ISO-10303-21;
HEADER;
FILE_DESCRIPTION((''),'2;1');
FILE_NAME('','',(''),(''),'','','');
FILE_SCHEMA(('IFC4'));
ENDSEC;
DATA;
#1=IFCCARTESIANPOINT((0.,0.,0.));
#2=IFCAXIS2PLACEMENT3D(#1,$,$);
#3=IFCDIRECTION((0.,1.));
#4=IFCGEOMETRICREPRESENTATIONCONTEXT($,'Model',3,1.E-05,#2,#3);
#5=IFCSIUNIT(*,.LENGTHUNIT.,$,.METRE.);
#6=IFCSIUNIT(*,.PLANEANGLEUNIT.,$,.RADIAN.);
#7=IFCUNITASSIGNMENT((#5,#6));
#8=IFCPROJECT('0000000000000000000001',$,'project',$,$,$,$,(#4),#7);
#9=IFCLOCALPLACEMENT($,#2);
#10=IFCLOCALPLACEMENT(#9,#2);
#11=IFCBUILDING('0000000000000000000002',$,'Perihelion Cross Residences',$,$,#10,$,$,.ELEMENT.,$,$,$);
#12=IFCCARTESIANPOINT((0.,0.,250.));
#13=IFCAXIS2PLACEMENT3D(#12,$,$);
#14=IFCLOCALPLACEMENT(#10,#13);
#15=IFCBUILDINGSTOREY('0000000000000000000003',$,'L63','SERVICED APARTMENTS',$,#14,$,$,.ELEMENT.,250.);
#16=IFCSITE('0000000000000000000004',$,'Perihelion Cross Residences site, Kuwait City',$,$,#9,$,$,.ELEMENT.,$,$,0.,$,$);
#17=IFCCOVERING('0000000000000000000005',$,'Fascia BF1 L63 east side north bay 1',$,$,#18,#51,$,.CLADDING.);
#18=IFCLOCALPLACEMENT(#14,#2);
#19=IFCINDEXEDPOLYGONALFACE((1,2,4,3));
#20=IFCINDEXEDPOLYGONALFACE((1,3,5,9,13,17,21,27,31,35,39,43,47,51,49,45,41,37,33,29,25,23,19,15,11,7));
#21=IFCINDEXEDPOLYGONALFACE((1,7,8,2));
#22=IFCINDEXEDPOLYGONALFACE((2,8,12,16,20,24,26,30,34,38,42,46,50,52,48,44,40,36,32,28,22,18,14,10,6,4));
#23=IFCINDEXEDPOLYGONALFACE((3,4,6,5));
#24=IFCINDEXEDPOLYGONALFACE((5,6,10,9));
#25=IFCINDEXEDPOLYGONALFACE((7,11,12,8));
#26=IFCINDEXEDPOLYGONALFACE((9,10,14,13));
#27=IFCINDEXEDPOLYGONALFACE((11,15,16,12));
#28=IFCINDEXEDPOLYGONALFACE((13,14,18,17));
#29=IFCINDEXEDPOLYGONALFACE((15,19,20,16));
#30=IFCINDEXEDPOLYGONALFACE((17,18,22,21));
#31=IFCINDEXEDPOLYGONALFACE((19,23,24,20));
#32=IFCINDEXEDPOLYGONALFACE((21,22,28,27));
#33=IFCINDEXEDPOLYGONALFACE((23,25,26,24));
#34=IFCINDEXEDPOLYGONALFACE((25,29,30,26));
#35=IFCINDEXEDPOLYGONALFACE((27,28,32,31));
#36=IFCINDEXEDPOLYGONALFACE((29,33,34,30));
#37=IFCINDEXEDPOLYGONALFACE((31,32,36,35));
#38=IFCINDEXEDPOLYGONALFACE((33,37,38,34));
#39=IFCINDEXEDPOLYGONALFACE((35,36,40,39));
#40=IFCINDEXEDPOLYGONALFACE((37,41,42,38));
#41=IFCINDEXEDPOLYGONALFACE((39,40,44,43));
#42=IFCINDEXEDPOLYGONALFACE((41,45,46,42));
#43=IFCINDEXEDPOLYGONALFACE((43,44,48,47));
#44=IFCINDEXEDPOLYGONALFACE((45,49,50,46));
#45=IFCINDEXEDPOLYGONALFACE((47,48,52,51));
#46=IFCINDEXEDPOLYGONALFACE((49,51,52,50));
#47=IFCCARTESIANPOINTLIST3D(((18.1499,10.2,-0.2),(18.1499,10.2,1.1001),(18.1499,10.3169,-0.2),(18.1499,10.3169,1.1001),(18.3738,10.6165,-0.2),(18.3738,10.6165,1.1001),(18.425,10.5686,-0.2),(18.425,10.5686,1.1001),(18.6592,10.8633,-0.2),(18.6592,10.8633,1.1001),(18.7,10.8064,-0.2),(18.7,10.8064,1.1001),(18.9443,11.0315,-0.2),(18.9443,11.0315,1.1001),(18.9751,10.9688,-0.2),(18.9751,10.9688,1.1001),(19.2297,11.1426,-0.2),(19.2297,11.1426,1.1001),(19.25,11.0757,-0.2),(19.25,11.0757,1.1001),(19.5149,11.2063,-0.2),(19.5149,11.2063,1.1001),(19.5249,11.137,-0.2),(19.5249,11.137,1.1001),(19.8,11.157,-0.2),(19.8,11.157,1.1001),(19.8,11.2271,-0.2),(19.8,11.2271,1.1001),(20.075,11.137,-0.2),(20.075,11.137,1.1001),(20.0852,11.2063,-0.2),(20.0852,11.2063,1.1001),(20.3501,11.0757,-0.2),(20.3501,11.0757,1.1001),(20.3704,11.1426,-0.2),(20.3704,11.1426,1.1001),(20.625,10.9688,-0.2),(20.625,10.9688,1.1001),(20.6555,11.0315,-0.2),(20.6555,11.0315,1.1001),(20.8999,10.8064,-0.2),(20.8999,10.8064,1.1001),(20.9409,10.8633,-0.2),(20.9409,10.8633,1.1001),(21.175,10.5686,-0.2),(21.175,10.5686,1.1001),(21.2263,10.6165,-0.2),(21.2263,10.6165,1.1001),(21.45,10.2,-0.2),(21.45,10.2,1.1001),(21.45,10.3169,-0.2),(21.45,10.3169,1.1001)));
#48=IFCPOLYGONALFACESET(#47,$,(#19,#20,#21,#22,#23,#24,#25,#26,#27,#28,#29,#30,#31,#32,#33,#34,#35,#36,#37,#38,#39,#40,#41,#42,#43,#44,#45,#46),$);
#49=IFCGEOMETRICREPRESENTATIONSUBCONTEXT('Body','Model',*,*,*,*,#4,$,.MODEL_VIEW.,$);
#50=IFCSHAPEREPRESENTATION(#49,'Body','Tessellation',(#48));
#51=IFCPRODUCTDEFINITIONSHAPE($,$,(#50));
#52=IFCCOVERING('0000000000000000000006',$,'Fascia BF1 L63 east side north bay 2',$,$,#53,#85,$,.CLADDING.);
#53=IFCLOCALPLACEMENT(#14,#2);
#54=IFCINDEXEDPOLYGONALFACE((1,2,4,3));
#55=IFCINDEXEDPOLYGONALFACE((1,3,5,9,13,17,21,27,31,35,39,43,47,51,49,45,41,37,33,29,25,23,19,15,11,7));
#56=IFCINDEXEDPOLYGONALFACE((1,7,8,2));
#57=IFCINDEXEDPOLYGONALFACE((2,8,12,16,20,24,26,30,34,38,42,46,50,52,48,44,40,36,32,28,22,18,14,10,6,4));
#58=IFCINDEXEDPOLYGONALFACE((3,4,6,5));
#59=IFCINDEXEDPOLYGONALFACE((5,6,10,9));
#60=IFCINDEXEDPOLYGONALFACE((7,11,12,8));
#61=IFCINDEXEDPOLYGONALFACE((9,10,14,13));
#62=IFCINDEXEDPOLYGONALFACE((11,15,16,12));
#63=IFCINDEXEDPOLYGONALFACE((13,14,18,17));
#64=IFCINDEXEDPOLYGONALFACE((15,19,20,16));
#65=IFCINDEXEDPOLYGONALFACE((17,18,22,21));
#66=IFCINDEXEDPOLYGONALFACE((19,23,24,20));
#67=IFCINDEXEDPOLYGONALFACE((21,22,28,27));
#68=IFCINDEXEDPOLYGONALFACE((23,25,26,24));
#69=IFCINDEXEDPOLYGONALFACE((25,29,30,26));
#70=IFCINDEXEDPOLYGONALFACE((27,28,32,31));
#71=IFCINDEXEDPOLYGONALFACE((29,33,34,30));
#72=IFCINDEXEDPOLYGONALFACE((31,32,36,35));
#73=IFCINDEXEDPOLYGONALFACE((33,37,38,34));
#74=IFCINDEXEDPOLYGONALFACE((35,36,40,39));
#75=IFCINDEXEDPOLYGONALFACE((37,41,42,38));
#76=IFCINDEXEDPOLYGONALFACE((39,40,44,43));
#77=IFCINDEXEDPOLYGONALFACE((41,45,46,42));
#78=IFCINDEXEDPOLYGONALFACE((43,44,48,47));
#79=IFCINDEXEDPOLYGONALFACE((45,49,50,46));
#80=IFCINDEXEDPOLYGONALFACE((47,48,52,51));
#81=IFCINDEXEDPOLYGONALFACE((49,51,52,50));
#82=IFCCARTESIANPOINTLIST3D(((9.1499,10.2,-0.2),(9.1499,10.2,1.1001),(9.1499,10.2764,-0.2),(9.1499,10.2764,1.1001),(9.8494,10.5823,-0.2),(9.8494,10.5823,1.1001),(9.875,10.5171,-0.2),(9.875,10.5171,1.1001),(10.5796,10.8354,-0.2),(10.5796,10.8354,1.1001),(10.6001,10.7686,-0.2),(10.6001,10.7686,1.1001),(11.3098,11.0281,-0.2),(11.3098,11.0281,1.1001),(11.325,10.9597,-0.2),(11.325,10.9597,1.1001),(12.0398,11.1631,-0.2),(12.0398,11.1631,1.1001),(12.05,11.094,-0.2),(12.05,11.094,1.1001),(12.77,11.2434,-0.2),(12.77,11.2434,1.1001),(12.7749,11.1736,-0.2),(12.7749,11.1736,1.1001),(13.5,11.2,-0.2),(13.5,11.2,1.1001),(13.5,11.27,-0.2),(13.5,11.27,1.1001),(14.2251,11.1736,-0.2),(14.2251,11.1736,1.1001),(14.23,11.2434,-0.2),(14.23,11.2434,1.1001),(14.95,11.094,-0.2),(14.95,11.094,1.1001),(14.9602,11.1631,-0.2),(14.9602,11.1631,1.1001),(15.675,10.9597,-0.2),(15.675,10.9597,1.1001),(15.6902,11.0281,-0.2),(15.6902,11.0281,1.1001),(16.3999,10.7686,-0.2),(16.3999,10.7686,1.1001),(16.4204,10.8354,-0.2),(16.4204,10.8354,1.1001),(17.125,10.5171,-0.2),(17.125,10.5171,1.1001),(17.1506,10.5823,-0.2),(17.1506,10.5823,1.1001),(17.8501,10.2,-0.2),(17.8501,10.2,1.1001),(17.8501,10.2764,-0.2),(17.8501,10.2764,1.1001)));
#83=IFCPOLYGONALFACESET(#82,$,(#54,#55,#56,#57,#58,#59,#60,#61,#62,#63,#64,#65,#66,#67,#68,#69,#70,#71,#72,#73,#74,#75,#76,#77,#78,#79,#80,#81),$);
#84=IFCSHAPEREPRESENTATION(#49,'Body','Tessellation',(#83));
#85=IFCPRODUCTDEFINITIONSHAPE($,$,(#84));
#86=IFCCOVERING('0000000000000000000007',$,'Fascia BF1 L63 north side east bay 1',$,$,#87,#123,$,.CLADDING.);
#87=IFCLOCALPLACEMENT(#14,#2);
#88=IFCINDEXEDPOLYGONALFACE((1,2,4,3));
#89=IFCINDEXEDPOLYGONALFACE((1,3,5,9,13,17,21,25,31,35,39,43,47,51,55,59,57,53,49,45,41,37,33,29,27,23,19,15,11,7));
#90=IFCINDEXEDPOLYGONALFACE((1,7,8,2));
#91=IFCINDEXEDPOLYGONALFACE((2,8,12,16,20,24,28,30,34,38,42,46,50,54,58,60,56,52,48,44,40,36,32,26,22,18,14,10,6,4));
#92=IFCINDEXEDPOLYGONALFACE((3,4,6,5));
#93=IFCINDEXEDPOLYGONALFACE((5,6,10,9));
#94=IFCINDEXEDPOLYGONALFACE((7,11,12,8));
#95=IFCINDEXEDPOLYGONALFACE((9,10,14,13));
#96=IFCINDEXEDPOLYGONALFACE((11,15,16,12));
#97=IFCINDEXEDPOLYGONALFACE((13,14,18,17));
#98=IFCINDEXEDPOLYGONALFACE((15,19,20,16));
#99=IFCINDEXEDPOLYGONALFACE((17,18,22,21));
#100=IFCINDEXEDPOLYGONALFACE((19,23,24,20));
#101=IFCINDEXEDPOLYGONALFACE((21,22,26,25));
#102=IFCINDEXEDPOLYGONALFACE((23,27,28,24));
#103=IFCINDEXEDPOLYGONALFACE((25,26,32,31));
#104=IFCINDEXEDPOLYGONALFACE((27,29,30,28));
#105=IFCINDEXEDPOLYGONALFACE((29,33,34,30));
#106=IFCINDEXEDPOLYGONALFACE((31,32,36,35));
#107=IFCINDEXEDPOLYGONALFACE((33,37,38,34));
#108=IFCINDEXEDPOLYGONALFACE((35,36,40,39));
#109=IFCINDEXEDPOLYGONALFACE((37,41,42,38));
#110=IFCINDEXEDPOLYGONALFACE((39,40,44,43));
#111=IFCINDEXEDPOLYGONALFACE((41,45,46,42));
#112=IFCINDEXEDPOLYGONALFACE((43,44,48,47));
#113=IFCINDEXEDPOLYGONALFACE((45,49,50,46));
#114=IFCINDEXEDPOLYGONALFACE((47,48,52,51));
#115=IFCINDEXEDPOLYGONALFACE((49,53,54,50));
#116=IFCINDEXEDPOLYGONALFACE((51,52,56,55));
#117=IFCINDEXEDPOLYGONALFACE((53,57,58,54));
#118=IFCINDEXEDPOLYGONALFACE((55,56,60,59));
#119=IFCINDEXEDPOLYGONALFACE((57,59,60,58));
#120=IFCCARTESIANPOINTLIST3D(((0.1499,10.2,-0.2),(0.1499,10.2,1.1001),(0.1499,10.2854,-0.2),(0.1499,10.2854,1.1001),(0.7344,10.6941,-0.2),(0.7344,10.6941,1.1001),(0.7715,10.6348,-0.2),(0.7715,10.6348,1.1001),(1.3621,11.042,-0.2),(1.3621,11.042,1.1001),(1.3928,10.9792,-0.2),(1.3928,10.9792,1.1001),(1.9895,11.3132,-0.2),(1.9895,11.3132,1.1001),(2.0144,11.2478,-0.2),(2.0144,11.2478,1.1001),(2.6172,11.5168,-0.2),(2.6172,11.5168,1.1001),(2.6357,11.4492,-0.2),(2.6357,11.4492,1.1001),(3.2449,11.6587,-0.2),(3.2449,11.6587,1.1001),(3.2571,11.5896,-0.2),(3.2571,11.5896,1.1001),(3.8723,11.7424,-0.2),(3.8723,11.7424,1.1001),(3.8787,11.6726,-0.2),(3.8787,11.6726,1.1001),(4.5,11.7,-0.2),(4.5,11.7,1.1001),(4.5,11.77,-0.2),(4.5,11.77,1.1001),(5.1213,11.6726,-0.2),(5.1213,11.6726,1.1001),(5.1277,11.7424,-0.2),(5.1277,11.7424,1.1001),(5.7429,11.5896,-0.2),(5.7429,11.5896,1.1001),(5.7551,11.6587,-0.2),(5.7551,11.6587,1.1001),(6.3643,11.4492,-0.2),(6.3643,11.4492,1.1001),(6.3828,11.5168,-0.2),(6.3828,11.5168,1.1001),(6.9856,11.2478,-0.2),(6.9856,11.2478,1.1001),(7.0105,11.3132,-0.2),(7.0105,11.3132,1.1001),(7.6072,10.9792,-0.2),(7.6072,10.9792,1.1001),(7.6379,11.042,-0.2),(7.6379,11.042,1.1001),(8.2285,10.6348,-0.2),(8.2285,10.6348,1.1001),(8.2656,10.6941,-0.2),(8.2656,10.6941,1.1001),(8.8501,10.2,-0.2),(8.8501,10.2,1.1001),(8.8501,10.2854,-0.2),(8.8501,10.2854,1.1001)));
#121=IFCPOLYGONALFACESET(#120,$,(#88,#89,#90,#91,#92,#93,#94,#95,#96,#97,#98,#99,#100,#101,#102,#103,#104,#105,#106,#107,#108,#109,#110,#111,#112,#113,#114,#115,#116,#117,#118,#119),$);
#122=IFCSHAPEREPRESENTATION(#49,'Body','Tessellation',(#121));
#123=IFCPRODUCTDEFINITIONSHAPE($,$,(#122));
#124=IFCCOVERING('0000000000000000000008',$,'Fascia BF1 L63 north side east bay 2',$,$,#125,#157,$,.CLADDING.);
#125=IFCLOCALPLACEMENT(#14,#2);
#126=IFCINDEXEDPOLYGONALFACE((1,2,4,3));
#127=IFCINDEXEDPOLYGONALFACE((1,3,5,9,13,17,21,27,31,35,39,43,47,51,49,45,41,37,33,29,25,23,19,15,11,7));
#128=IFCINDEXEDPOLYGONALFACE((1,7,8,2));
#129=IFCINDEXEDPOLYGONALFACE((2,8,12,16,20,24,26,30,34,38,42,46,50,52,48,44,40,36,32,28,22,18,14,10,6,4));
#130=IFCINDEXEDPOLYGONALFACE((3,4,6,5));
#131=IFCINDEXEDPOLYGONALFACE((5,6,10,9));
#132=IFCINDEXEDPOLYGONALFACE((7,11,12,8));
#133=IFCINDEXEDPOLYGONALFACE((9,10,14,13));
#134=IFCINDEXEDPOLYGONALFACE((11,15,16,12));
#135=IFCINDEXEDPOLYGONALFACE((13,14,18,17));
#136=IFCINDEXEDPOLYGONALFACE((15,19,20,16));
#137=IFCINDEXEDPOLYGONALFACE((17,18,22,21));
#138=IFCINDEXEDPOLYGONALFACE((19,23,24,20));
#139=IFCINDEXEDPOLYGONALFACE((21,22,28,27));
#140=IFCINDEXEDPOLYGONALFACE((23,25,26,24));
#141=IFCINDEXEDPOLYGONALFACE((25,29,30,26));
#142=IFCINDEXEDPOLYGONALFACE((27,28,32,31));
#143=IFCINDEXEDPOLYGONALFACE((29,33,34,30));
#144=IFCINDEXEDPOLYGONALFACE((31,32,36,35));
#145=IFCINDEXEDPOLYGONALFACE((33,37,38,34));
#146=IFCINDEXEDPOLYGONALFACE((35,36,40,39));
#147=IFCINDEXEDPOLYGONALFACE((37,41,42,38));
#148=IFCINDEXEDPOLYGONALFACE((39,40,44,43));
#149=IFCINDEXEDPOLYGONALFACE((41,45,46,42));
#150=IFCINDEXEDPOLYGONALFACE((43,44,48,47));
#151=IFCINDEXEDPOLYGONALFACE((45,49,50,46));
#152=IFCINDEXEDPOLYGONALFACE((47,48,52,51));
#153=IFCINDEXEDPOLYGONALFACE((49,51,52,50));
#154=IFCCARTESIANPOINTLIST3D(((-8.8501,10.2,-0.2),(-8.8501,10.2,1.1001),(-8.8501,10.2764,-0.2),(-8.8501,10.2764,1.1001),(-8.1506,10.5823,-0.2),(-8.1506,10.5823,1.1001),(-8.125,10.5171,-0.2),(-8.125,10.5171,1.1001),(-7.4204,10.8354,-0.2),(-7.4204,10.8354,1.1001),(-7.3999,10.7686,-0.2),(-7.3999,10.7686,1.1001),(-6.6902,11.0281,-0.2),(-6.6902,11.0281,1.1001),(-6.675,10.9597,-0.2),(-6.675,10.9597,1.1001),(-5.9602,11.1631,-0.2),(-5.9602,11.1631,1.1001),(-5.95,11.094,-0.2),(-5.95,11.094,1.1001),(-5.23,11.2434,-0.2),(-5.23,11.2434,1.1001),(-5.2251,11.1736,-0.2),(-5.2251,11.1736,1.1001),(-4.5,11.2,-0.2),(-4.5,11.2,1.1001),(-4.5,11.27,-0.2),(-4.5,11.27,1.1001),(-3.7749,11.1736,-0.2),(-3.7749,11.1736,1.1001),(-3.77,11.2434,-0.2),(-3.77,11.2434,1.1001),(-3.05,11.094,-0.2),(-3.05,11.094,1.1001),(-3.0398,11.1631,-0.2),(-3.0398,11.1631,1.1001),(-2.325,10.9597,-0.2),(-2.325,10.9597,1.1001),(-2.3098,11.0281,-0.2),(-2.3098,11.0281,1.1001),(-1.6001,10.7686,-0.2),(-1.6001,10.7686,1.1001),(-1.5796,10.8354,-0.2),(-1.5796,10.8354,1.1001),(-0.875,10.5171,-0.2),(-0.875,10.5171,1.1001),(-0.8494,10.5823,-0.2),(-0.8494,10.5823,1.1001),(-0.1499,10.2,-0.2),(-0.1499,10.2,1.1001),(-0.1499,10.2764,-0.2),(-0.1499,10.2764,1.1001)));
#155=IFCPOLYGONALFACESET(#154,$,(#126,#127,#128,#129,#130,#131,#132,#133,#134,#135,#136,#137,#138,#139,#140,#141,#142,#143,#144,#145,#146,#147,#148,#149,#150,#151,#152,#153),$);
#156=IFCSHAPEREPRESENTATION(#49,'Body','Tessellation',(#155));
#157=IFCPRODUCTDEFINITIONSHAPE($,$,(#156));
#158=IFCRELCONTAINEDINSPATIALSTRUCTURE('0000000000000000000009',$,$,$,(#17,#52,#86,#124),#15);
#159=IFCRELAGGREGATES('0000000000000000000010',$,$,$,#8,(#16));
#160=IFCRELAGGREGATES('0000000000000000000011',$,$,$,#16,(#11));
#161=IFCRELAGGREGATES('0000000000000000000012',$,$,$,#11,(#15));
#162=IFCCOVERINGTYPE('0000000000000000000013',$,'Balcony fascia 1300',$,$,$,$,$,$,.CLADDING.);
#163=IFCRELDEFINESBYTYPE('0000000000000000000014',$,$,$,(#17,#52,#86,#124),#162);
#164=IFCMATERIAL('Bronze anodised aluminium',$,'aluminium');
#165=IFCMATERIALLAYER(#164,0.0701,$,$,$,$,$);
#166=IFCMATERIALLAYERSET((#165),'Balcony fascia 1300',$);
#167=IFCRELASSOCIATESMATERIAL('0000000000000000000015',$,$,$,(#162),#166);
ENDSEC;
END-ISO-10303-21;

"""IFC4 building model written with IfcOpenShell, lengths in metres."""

from ifc_helpers import new_model, si_unit, direction, frame, origin, place, context, subcontext, project, spatial, polyline, outline, extrude, material, layer, layer_set, type_object, element, save


model = new_model("IFC4")

# Units and contexts
model_context = context("Model", 3, precision=1e-05, world=origin(), true_north=direction((0.0, 1.0)))
body_context = subcontext(model_context, "Body", "Model", "MODEL_VIEW")
ifc_project = project(units=[si_unit("LENGTHUNIT", "METRE"), si_unit("PLANEANGLEUNIT", "RADIAN")], contexts=[model_context])

# Site, building, storey
site_placement = place(None, origin())
site = spatial("IfcSite", under=ifc_project, at=site_placement, Name="Perihelion Cross Residences site, Kuwait City", CompositionType="ELEMENT", RefElevation=0.0)
building_placement = place(site_placement, origin())
building = spatial("IfcBuilding", under=site, at=building_placement, Name="Perihelion Cross Residences", CompositionType="ELEMENT")
storey_placement = place(building_placement, frame((0.0, 0.0, 250.0)))
storey = spatial("IfcBuildingStorey", under=building, at=storey_placement, Name="L63", Description="SERVICED APARTMENTS", CompositionType="ELEMENT", Elevation=250.0)

# Coverings
ifc_material_1 = material(Name="Bronze anodised aluminium", Category="aluminium")
ifc_layer_1 = layer(ifc_material_1, 0.0701)
ifc_layer_set_1 = layer_set([ifc_layer_1], Name="Balcony fascia 1300")
covering_type = type_object("IfcCoveringType", Name="Balcony fascia 1300", PredefinedType="CLADDING", material=ifc_layer_set_1)
covering_1_placement = place(storey_placement, frame((0.0, 0.0, -0.2)))
element("IfcCovering", 1, at=covering_1_placement, inside=storey, type_object=covering_type, Name="Fascia BF1 L63 east side north bay 1", PredefinedType="CLADDING", context=body_context, shape_type="SweptSolid", body=[
    extrude(outline(polyline([(21.2263, 10.6165), (20.9409, 10.8633), (20.6555, 11.0315), (20.3704, 11.1426), (20.0852, 11.2063), (19.8, 11.2271), (19.5149, 11.2063), (19.2297, 11.1426), (18.9443, 11.0315), (18.6592, 10.8633), (18.3738, 10.6165), (18.1499, 10.3169), (18.1499, 10.2), (18.425, 10.5686), (18.7, 10.8064), (18.9751, 10.9688), (19.25, 11.0757), (19.5249, 11.137), (19.8, 11.157), (20.075, 11.137), (20.3501, 11.0757), (20.625, 10.9688), (20.8999, 10.8064), (21.175, 10.5686), (21.45, 10.2), (21.45, 10.3169), (21.2263, 10.6165)])), origin(), (0.0, 0.0, 1.0), 1.3),
])
covering_2_placement = place(storey_placement, frame((0.0, 0.0, -0.2)))
element("IfcCovering", 2, at=covering_2_placement, inside=storey, type_object=covering_type, Name="Fascia BF1 L63 east side north bay 2", PredefinedType="CLADDING", context=body_context, shape_type="SweptSolid", body=[
    extrude(outline(polyline([(17.1506, 10.5823), (16.4204, 10.8354), (15.6902, 11.0281), (14.9602, 11.1631), (14.23, 11.2434), (13.5, 11.27), (12.77, 11.2434), (12.0398, 11.1631), (11.3098, 11.0281), (10.5796, 10.8354), (9.8494, 10.5823), (9.1499, 10.2764), (9.1499, 10.2), (9.875, 10.5171), (10.6001, 10.7686), (11.325, 10.9597), (12.05, 11.094), (12.7749, 11.1736), (13.5, 11.2), (14.2251, 11.1736), (14.95, 11.094), (15.675, 10.9597), (16.3999, 10.7686), (17.125, 10.5171), (17.8501, 10.2), (17.8501, 10.2764), (17.1506, 10.5823)])), origin(), (0.0, 0.0, 1.0), 1.3),
])
covering_3_placement = place(storey_placement, frame((0.0, 0.0, -0.2)))
element("IfcCovering", 3, at=covering_3_placement, inside=storey, type_object=covering_type, Name="Fascia BF1 L63 north side east bay 1", PredefinedType="CLADDING", context=body_context, shape_type="SweptSolid", body=[
    extrude(outline(polyline([(8.2656, 10.6941), (7.6379, 11.042), (7.0105, 11.3132), (6.3828, 11.5168), (5.7551, 11.6587), (5.1277, 11.7424), (4.5, 11.77), (3.8723, 11.7424), (3.2449, 11.6587), (2.6172, 11.5168), (1.9895, 11.3132), (1.3621, 11.042), (0.7344, 10.6941), (0.1499, 10.2854), (0.1499, 10.2), (0.7715, 10.6348), (1.3928, 10.9792), (2.0144, 11.2478), (2.6357, 11.4492), (3.2571, 11.5896), (3.8787, 11.6726), (4.5, 11.7), (5.1213, 11.6726), (5.7429, 11.5896), (6.3643, 11.4492), (6.9856, 11.2478), (7.6072, 10.9792), (8.2285, 10.6348), (8.8501, 10.2), (8.8501, 10.2854), (8.2656, 10.6941)])), origin(), (0.0, 0.0, 1.0), 1.3),
])
covering_4_placement = place(storey_placement, frame((0.0, 0.0, -0.2)))
element("IfcCovering", 4, at=covering_4_placement, inside=storey, type_object=covering_type, Name="Fascia BF1 L63 north side east bay 2", PredefinedType="CLADDING", context=body_context, shape_type="SweptSolid", body=[
    extrude(outline(polyline([(-0.8494, 10.5823), (-1.5796, 10.8354), (-2.3098, 11.0281), (-3.0398, 11.1631), (-3.77, 11.2434), (-4.5, 11.27), (-5.23, 11.2434), (-5.9602, 11.1631), (-6.6902, 11.0281), (-7.4204, 10.8354), (-8.1506, 10.5823), (-8.8501, 10.2764), (-8.8501, 10.2), (-8.125, 10.5171), (-7.3999, 10.7686), (-6.675, 10.9597), (-5.95, 11.094), (-5.2251, 11.1736), (-4.5, 11.2), (-3.7749, 11.1736), (-3.05, 11.094), (-2.325, 10.9597), (-1.6001, 10.7686), (-0.875, 10.5171), (-0.1499, 10.2), (-0.1499, 10.2764), (-0.8494, 10.5823)])), origin(), (0.0, 0.0, 1.0), 1.3),
])

save(model, "model.ifc")
